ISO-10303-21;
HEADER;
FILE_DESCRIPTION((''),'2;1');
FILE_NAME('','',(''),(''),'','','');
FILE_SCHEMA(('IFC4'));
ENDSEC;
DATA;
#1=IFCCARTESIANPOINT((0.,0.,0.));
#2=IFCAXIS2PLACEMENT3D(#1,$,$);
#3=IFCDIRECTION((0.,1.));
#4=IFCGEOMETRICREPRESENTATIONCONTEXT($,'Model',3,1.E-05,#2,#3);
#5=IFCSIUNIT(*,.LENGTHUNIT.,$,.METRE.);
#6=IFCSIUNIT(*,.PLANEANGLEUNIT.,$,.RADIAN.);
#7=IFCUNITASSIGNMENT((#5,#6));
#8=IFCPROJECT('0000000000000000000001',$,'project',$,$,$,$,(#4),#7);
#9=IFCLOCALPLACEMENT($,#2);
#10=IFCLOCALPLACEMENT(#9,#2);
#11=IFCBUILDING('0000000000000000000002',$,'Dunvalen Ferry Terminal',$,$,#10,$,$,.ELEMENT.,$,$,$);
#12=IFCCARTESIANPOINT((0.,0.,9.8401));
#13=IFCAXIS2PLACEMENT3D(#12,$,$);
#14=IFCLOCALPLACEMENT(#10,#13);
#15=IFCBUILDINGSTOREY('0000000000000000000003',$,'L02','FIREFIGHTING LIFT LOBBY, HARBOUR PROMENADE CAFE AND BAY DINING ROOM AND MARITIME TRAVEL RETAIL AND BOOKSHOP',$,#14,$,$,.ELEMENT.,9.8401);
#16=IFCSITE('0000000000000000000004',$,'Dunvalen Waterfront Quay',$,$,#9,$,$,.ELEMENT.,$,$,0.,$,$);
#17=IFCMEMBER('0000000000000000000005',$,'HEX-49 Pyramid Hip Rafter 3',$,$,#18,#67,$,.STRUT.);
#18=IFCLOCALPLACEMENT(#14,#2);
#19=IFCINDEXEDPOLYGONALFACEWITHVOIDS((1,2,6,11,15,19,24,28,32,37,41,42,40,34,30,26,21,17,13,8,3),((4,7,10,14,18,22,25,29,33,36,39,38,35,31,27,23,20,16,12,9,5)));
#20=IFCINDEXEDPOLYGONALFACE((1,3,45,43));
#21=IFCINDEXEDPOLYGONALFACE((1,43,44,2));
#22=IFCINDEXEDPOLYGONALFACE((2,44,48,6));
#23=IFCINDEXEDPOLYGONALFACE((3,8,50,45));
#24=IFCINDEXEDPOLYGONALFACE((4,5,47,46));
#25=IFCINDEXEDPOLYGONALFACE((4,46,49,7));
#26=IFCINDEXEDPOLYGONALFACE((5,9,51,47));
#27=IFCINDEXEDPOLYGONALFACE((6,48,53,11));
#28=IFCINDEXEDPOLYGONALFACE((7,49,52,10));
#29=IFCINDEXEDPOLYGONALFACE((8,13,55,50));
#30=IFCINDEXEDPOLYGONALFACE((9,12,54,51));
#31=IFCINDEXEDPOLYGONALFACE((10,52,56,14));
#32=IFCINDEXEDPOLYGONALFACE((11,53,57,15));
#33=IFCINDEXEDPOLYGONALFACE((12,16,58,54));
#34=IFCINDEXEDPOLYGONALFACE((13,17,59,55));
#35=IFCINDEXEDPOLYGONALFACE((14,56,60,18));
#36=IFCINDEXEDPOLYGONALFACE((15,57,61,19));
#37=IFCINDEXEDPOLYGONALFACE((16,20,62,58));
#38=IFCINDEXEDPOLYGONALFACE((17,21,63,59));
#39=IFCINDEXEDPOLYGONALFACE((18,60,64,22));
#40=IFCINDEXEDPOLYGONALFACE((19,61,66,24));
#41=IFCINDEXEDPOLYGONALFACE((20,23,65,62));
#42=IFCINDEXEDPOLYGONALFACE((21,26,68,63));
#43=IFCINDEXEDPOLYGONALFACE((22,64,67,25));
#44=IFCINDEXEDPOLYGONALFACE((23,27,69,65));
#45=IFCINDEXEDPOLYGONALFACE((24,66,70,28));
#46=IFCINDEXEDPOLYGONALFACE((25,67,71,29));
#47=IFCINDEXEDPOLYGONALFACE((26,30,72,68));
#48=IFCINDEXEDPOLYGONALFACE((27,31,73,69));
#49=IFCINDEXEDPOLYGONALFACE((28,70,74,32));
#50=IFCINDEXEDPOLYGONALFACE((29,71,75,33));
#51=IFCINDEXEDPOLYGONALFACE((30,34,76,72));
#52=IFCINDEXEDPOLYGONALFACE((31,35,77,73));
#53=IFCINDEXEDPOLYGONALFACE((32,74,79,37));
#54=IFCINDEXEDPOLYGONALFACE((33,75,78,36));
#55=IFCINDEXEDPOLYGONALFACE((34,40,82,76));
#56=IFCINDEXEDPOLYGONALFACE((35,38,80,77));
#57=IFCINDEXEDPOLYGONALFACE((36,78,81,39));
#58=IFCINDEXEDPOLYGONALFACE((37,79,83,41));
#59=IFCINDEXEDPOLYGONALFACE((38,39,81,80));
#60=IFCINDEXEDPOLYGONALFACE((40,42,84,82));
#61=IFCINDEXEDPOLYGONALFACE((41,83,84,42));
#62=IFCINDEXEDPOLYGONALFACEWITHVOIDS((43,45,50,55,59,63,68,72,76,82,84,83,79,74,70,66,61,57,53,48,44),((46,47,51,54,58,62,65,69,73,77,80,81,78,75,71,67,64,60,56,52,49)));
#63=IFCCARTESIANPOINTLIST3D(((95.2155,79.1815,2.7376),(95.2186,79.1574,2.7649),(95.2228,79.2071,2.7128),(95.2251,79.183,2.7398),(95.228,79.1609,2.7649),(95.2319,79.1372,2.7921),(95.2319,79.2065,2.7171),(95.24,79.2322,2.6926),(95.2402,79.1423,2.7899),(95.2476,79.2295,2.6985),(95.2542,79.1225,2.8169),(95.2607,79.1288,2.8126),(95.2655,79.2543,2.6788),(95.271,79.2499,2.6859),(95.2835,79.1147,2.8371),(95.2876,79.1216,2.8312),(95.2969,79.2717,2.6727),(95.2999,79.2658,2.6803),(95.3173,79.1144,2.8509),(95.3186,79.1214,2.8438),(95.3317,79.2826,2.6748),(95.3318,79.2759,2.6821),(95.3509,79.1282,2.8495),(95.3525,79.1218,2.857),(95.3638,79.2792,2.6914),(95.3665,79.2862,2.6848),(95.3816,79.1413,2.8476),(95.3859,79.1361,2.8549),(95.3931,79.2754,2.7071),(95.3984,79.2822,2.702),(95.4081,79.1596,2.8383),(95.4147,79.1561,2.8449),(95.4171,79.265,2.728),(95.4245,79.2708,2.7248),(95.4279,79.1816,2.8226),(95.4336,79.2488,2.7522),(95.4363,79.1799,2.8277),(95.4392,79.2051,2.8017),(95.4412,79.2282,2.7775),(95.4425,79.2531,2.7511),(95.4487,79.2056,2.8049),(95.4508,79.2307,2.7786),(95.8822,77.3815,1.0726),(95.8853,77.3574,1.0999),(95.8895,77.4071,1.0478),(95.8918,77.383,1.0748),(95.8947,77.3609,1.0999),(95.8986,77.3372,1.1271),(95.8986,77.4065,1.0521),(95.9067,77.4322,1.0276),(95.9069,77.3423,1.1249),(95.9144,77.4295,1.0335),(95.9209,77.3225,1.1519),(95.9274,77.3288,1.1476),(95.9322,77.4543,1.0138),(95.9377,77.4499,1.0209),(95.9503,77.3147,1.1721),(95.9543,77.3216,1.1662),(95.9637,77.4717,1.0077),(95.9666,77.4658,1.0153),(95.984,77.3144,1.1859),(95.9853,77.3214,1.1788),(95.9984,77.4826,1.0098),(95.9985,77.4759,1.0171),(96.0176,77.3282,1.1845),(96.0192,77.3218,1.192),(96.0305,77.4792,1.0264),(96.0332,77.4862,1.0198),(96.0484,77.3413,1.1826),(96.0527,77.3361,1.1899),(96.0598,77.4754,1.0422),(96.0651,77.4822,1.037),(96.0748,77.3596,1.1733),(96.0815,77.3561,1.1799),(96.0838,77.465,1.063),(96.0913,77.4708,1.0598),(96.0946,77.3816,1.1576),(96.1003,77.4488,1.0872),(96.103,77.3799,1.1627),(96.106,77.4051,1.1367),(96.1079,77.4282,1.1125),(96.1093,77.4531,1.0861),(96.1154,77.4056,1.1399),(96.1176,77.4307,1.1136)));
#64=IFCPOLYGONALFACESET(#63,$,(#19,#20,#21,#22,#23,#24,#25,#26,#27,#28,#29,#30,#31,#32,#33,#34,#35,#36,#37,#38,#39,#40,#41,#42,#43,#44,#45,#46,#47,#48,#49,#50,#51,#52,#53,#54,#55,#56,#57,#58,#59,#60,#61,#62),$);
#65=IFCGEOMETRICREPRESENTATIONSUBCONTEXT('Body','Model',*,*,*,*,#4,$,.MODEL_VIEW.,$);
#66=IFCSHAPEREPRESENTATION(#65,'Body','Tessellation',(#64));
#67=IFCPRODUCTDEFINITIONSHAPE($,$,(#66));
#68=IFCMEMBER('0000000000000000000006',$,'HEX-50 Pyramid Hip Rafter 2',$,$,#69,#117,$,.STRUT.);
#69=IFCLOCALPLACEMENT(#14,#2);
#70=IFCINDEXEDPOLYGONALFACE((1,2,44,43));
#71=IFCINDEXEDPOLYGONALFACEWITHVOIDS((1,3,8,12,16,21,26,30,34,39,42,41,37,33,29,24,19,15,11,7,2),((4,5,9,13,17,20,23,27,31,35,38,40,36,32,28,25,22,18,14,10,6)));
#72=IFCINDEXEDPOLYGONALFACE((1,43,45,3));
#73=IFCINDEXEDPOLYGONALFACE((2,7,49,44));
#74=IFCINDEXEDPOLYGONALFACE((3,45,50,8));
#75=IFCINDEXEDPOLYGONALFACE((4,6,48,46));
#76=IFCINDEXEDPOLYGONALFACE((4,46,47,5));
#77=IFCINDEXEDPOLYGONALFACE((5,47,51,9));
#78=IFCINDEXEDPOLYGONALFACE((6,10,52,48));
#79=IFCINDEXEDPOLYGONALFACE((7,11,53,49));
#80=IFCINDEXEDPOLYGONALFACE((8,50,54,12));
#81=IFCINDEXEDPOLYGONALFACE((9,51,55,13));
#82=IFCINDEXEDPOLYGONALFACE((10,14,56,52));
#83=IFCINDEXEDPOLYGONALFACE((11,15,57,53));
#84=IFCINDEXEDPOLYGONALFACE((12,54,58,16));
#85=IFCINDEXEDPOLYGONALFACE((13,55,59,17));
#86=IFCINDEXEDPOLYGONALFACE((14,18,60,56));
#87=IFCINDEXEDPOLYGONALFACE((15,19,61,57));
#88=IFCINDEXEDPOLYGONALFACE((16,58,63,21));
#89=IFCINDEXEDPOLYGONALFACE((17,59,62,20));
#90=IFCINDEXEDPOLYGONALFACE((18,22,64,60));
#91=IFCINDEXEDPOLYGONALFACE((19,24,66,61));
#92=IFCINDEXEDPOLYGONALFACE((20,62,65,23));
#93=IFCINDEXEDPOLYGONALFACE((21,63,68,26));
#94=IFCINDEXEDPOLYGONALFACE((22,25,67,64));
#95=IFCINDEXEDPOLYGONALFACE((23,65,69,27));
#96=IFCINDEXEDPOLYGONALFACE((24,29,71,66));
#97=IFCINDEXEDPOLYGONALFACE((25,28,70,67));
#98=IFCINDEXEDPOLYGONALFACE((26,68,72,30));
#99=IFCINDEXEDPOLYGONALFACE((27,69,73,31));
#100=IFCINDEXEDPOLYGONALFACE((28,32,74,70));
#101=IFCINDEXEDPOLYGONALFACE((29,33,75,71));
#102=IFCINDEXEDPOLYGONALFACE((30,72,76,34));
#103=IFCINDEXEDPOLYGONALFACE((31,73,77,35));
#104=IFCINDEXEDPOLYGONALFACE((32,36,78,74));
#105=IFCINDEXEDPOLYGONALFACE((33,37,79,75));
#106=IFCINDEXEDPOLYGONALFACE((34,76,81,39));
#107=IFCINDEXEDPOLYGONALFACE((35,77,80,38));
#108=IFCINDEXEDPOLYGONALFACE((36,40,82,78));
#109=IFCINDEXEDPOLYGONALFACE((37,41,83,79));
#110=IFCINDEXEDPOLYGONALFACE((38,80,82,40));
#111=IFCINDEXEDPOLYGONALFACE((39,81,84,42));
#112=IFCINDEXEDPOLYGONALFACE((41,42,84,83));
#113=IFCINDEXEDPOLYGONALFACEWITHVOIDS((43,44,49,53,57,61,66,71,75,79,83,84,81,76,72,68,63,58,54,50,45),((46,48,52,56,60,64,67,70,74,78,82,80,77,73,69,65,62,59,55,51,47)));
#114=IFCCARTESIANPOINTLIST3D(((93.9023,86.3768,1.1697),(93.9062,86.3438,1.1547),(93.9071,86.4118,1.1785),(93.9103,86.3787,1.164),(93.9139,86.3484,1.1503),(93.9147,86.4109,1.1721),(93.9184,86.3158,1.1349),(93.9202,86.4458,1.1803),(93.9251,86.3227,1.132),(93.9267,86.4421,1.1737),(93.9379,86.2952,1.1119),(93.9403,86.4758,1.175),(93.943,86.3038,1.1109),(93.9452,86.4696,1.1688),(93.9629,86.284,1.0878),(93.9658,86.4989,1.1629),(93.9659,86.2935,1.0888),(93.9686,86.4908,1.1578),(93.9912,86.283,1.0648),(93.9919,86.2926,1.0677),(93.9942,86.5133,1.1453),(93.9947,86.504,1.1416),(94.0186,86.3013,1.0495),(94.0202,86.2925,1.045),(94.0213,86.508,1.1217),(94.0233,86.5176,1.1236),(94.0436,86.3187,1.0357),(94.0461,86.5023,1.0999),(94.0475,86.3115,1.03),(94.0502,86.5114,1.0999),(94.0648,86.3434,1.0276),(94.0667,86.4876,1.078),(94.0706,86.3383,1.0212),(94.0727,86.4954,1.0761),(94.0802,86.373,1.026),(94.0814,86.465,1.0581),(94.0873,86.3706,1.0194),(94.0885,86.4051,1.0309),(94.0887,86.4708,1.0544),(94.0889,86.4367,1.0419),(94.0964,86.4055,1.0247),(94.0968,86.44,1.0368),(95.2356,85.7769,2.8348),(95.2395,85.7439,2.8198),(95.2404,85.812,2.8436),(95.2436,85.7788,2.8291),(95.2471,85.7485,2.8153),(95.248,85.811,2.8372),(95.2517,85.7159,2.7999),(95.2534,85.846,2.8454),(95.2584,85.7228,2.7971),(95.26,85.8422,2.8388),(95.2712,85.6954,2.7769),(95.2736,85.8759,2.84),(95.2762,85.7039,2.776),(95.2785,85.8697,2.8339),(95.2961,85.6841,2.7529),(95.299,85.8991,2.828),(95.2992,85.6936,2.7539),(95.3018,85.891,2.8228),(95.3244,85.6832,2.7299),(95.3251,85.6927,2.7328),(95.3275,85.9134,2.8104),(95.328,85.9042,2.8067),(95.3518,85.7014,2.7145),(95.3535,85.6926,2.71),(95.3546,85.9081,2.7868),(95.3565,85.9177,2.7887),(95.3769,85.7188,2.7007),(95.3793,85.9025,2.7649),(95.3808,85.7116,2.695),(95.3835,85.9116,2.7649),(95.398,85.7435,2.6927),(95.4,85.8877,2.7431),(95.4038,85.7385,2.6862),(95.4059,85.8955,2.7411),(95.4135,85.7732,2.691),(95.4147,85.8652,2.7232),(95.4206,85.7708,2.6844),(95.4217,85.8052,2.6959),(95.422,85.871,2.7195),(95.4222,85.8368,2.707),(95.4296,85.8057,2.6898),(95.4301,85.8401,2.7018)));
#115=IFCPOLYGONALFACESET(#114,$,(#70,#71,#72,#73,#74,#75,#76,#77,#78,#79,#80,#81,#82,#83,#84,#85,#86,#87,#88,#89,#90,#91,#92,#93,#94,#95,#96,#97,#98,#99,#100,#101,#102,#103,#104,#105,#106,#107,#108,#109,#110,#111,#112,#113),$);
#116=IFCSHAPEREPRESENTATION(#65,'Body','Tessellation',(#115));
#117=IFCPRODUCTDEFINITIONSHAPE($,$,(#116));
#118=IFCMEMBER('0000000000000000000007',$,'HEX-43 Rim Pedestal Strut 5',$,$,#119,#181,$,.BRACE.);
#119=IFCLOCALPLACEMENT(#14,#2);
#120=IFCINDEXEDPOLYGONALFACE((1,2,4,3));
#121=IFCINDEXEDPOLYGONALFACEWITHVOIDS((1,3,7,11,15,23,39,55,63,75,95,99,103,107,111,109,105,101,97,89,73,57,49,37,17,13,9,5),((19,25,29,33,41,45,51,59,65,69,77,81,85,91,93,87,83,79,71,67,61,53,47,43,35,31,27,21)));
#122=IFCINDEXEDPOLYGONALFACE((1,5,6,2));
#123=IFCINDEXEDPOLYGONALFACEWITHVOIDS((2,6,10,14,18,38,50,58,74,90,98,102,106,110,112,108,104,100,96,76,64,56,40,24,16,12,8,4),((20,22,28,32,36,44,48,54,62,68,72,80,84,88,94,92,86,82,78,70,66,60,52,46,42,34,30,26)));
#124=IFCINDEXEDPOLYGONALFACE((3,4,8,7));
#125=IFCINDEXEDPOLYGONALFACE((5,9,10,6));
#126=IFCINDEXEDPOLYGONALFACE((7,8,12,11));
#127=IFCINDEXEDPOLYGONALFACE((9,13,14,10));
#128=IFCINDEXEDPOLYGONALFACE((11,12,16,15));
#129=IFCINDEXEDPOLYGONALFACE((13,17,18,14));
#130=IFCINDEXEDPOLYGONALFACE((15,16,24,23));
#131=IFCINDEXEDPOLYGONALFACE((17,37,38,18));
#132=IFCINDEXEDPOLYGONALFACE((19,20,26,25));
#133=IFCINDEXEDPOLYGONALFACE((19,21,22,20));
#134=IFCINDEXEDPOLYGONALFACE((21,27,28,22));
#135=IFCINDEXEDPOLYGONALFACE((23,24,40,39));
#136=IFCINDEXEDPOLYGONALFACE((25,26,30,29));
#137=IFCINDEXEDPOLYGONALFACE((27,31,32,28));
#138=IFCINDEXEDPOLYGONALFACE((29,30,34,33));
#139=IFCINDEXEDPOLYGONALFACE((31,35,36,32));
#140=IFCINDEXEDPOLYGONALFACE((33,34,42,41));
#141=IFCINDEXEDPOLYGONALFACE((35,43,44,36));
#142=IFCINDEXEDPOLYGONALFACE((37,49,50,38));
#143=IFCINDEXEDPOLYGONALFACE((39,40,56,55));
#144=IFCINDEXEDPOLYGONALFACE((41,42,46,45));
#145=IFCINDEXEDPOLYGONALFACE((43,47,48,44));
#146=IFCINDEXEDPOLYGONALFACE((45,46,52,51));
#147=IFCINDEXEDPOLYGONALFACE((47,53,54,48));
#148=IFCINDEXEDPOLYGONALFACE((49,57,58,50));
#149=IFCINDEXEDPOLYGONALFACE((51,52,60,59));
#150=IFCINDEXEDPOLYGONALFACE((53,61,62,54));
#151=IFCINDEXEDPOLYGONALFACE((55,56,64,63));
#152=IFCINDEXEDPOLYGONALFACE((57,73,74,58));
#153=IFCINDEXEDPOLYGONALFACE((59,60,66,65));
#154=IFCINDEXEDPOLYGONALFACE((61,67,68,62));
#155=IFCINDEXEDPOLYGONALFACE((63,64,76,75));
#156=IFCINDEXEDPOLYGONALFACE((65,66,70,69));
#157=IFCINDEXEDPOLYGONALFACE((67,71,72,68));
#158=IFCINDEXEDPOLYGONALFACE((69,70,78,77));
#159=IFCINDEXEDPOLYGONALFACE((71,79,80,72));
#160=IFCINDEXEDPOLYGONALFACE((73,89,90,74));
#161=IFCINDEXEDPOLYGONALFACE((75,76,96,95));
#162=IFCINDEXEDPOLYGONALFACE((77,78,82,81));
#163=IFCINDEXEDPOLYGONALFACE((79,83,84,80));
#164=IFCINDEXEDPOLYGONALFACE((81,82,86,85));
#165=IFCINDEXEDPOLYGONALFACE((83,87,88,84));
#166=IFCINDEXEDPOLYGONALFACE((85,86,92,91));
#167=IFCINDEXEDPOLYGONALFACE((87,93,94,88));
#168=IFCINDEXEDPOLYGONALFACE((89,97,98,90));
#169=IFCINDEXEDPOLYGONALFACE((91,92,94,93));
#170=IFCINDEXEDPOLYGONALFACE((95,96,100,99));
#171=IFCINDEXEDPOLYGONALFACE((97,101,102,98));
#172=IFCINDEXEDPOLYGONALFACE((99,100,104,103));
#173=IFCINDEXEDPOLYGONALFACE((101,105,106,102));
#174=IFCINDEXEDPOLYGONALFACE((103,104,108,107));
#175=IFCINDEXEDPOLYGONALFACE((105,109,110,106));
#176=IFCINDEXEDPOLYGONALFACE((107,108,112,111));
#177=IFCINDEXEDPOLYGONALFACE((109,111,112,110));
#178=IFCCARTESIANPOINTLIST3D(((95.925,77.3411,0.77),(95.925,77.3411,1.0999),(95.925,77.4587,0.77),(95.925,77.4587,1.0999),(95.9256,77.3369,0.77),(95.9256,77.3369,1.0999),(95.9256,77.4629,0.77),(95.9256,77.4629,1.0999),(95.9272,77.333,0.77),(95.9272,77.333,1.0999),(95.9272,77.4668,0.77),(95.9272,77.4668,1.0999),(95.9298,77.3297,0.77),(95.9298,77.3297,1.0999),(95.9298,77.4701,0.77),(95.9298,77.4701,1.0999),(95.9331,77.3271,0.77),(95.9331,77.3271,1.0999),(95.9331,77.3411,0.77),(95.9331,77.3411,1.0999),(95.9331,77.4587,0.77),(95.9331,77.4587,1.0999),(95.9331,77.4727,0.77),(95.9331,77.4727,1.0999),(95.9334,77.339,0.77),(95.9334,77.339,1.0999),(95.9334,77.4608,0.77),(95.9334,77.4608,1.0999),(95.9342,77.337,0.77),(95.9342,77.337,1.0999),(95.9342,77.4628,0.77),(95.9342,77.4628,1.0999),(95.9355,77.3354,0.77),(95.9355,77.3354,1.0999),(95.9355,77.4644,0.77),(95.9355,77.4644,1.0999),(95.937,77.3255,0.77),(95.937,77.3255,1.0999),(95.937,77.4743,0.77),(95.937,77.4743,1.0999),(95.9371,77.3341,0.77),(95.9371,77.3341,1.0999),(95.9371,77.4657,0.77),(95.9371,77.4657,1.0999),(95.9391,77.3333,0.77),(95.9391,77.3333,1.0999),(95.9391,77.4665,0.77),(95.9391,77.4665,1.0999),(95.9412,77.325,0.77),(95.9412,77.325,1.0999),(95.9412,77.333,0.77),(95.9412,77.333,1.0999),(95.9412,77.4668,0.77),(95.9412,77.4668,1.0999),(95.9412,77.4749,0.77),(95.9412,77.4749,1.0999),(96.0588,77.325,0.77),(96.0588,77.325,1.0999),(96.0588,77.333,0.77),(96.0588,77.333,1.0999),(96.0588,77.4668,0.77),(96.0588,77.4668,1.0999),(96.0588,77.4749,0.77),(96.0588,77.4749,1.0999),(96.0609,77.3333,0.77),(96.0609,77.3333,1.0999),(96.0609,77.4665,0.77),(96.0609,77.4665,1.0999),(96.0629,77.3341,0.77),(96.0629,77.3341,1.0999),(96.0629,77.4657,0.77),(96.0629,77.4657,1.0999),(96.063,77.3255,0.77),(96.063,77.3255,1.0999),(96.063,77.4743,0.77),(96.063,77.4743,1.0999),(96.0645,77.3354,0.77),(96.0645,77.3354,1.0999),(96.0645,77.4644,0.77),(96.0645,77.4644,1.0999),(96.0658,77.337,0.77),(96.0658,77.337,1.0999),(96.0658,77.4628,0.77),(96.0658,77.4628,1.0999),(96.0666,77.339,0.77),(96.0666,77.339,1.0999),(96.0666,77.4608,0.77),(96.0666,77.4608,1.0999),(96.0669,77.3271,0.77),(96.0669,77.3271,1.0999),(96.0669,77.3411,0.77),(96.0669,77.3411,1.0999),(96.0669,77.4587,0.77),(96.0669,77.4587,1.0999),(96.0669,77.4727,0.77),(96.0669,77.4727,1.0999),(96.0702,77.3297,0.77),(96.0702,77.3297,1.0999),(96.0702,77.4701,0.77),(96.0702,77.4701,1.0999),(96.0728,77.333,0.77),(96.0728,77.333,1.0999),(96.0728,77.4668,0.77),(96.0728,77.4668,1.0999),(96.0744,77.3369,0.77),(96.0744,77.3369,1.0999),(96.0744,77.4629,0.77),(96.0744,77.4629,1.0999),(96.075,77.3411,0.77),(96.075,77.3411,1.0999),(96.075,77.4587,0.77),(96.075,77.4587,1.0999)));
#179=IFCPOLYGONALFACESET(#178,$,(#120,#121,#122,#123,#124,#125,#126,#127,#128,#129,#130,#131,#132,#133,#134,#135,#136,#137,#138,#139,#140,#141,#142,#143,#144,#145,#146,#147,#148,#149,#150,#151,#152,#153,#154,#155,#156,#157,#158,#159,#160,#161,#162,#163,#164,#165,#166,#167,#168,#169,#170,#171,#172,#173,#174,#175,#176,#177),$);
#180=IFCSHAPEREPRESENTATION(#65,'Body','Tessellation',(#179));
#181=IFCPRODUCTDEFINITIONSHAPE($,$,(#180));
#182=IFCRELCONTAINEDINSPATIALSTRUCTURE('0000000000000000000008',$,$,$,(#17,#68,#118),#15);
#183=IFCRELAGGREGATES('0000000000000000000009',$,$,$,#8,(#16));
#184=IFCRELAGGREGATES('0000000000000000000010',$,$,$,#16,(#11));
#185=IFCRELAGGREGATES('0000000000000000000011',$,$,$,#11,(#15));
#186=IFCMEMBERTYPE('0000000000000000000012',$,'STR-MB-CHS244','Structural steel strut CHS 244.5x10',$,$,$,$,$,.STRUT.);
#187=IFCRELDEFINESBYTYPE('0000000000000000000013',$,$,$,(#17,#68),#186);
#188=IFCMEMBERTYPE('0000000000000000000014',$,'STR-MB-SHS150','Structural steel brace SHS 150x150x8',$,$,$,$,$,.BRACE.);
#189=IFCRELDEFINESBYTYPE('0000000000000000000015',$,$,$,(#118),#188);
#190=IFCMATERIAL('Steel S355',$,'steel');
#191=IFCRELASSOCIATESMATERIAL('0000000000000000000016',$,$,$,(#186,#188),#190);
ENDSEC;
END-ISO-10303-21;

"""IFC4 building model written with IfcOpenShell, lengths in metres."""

from ifc_helpers import new_model, si_unit, direction, frame, origin, origin_2d, place, context, subcontext, project, spatial, hollow_rectangle, hollow_circle, extrude, material, material_profile, profile_set, type_object, element, save


model = new_model("IFC4")

# Units and contexts
model_context = context("Model", 3, precision=1e-05, world=origin(), true_north=direction((0.0, 1.0)))
body_context = subcontext(model_context, "Body", "Model", "MODEL_VIEW")
ifc_project = project(units=[si_unit("LENGTHUNIT", "METRE"), si_unit("PLANEANGLEUNIT", "RADIAN")], contexts=[model_context])

# Site, building, storey
site_placement = place(None, origin())
site = spatial("IfcSite", under=ifc_project, at=site_placement, Name="Dunvalen Waterfront Quay", CompositionType="ELEMENT", RefElevation=0.0)
building_placement = place(site_placement, origin())
building = spatial("IfcBuilding", under=site, at=building_placement, Name="Dunvalen Ferry Terminal", CompositionType="ELEMENT")
storey_placement = place(building_placement, frame((0.0, 0.0, 9.8401)))
storey = spatial("IfcBuildingStorey", under=building, at=storey_placement, Name="L02", Description="FIREFIGHTING LIFT LOBBY, HARBOUR PROMENADE CAFE AND BAY DINING ROOM AND MARITIME TRAVEL RETAIL AND BOOKSHOP", CompositionType="ELEMENT", Elevation=9.8401)

# Shared definitions
ifc_material_1 = material(Name="Steel S355", Category="steel")

# Members
ifc_material_profile_1 = material_profile(ifc_material_1, hollow_circle(Radius=0.1223, WallThickness=0.01, at=origin_2d()), Name="Steel S355")
ifc_profile_set_1 = profile_set([ifc_material_profile_1], Name="Steel S355")
member_type_1 = type_object("IfcMemberType", Name="STR-MB-CHS244", Description="Structural steel strut CHS 244.5x10", PredefinedType="STRUT", material=ifc_profile_set_1)
member_1_placement = place(storey_placement, frame((96.0, 77.3999, 1.0999), z_axis=(-0.262388, 0.70838, 0.655249), x_axis=(-0.937738, -0.347343, 0.0)))
element("IfcMember", 1, at=member_1_placement, inside=storey, type_object=member_type_1, Name="HEX-49 Pyramid Hip Rafter 3", PredefinedType="STRUT", context=body_context, shape_type="SweptSolid", body=[
    extrude(hollow_circle(Radius=0.1223, WallThickness=0.01, at=origin_2d()), origin(), (0.0, 0.0, 1.0), 2.541),
])
member_2_placement = place(storey_placement, frame((94.0, 86.3999, 1.0999), z_axis=(0.601704, -0.270717, 0.751441), x_axis=(0.410302, 0.91195, 0.0)))
element("IfcMember", 2, at=member_2_placement, inside=storey, type_object=member_type_1, Name="HEX-50 Pyramid Hip Rafter 2", PredefinedType="STRUT", context=body_context, shape_type="SweptSolid", body=[
    extrude(hollow_circle(Radius=0.1223, WallThickness=0.01, at=origin_2d()), origin(), (0.0, 0.0, 1.0), 2.2158),
])
ifc_material_profile_2 = material_profile(ifc_material_1, hollow_rectangle(XDim=0.1499, YDim=0.1499, WallThickness=0.0081, InnerFilletRadius=0.0081, OuterFilletRadius=0.0161, at=origin_2d()), Name="Steel S355")
ifc_profile_set_2 = profile_set([ifc_material_profile_2], Name="Steel S355")
member_type_2 = type_object("IfcMemberType", Name="STR-MB-SHS150", Description="Structural steel brace SHS 150x150x8", PredefinedType="BRACE", material=ifc_profile_set_2)
for number, where, z_axis, x_axis, name in (
    (3, (96.0, 77.3999, 0.77), (0.0, 0.0, 1.0), (1.0, 0.0, 0.0), "HEX-43 Rim Pedestal Strut 5"),
):
    element("IfcMember", number, at=place(storey_placement, frame(where, z_axis=z_axis, x_axis=x_axis)), inside=storey, type_object=member_type_2, Name=name, PredefinedType="BRACE", context=body_context, shape_type="SweptSolid", body=[
        extrude(hollow_rectangle(XDim=0.1499, YDim=0.1499, WallThickness=0.0081, InnerFilletRadius=0.0081, OuterFilletRadius=0.0161, at=origin_2d()), origin(), (0.0, 0.0, 1.0), 0.3298),
    ])

save(model, "model.ifc")
